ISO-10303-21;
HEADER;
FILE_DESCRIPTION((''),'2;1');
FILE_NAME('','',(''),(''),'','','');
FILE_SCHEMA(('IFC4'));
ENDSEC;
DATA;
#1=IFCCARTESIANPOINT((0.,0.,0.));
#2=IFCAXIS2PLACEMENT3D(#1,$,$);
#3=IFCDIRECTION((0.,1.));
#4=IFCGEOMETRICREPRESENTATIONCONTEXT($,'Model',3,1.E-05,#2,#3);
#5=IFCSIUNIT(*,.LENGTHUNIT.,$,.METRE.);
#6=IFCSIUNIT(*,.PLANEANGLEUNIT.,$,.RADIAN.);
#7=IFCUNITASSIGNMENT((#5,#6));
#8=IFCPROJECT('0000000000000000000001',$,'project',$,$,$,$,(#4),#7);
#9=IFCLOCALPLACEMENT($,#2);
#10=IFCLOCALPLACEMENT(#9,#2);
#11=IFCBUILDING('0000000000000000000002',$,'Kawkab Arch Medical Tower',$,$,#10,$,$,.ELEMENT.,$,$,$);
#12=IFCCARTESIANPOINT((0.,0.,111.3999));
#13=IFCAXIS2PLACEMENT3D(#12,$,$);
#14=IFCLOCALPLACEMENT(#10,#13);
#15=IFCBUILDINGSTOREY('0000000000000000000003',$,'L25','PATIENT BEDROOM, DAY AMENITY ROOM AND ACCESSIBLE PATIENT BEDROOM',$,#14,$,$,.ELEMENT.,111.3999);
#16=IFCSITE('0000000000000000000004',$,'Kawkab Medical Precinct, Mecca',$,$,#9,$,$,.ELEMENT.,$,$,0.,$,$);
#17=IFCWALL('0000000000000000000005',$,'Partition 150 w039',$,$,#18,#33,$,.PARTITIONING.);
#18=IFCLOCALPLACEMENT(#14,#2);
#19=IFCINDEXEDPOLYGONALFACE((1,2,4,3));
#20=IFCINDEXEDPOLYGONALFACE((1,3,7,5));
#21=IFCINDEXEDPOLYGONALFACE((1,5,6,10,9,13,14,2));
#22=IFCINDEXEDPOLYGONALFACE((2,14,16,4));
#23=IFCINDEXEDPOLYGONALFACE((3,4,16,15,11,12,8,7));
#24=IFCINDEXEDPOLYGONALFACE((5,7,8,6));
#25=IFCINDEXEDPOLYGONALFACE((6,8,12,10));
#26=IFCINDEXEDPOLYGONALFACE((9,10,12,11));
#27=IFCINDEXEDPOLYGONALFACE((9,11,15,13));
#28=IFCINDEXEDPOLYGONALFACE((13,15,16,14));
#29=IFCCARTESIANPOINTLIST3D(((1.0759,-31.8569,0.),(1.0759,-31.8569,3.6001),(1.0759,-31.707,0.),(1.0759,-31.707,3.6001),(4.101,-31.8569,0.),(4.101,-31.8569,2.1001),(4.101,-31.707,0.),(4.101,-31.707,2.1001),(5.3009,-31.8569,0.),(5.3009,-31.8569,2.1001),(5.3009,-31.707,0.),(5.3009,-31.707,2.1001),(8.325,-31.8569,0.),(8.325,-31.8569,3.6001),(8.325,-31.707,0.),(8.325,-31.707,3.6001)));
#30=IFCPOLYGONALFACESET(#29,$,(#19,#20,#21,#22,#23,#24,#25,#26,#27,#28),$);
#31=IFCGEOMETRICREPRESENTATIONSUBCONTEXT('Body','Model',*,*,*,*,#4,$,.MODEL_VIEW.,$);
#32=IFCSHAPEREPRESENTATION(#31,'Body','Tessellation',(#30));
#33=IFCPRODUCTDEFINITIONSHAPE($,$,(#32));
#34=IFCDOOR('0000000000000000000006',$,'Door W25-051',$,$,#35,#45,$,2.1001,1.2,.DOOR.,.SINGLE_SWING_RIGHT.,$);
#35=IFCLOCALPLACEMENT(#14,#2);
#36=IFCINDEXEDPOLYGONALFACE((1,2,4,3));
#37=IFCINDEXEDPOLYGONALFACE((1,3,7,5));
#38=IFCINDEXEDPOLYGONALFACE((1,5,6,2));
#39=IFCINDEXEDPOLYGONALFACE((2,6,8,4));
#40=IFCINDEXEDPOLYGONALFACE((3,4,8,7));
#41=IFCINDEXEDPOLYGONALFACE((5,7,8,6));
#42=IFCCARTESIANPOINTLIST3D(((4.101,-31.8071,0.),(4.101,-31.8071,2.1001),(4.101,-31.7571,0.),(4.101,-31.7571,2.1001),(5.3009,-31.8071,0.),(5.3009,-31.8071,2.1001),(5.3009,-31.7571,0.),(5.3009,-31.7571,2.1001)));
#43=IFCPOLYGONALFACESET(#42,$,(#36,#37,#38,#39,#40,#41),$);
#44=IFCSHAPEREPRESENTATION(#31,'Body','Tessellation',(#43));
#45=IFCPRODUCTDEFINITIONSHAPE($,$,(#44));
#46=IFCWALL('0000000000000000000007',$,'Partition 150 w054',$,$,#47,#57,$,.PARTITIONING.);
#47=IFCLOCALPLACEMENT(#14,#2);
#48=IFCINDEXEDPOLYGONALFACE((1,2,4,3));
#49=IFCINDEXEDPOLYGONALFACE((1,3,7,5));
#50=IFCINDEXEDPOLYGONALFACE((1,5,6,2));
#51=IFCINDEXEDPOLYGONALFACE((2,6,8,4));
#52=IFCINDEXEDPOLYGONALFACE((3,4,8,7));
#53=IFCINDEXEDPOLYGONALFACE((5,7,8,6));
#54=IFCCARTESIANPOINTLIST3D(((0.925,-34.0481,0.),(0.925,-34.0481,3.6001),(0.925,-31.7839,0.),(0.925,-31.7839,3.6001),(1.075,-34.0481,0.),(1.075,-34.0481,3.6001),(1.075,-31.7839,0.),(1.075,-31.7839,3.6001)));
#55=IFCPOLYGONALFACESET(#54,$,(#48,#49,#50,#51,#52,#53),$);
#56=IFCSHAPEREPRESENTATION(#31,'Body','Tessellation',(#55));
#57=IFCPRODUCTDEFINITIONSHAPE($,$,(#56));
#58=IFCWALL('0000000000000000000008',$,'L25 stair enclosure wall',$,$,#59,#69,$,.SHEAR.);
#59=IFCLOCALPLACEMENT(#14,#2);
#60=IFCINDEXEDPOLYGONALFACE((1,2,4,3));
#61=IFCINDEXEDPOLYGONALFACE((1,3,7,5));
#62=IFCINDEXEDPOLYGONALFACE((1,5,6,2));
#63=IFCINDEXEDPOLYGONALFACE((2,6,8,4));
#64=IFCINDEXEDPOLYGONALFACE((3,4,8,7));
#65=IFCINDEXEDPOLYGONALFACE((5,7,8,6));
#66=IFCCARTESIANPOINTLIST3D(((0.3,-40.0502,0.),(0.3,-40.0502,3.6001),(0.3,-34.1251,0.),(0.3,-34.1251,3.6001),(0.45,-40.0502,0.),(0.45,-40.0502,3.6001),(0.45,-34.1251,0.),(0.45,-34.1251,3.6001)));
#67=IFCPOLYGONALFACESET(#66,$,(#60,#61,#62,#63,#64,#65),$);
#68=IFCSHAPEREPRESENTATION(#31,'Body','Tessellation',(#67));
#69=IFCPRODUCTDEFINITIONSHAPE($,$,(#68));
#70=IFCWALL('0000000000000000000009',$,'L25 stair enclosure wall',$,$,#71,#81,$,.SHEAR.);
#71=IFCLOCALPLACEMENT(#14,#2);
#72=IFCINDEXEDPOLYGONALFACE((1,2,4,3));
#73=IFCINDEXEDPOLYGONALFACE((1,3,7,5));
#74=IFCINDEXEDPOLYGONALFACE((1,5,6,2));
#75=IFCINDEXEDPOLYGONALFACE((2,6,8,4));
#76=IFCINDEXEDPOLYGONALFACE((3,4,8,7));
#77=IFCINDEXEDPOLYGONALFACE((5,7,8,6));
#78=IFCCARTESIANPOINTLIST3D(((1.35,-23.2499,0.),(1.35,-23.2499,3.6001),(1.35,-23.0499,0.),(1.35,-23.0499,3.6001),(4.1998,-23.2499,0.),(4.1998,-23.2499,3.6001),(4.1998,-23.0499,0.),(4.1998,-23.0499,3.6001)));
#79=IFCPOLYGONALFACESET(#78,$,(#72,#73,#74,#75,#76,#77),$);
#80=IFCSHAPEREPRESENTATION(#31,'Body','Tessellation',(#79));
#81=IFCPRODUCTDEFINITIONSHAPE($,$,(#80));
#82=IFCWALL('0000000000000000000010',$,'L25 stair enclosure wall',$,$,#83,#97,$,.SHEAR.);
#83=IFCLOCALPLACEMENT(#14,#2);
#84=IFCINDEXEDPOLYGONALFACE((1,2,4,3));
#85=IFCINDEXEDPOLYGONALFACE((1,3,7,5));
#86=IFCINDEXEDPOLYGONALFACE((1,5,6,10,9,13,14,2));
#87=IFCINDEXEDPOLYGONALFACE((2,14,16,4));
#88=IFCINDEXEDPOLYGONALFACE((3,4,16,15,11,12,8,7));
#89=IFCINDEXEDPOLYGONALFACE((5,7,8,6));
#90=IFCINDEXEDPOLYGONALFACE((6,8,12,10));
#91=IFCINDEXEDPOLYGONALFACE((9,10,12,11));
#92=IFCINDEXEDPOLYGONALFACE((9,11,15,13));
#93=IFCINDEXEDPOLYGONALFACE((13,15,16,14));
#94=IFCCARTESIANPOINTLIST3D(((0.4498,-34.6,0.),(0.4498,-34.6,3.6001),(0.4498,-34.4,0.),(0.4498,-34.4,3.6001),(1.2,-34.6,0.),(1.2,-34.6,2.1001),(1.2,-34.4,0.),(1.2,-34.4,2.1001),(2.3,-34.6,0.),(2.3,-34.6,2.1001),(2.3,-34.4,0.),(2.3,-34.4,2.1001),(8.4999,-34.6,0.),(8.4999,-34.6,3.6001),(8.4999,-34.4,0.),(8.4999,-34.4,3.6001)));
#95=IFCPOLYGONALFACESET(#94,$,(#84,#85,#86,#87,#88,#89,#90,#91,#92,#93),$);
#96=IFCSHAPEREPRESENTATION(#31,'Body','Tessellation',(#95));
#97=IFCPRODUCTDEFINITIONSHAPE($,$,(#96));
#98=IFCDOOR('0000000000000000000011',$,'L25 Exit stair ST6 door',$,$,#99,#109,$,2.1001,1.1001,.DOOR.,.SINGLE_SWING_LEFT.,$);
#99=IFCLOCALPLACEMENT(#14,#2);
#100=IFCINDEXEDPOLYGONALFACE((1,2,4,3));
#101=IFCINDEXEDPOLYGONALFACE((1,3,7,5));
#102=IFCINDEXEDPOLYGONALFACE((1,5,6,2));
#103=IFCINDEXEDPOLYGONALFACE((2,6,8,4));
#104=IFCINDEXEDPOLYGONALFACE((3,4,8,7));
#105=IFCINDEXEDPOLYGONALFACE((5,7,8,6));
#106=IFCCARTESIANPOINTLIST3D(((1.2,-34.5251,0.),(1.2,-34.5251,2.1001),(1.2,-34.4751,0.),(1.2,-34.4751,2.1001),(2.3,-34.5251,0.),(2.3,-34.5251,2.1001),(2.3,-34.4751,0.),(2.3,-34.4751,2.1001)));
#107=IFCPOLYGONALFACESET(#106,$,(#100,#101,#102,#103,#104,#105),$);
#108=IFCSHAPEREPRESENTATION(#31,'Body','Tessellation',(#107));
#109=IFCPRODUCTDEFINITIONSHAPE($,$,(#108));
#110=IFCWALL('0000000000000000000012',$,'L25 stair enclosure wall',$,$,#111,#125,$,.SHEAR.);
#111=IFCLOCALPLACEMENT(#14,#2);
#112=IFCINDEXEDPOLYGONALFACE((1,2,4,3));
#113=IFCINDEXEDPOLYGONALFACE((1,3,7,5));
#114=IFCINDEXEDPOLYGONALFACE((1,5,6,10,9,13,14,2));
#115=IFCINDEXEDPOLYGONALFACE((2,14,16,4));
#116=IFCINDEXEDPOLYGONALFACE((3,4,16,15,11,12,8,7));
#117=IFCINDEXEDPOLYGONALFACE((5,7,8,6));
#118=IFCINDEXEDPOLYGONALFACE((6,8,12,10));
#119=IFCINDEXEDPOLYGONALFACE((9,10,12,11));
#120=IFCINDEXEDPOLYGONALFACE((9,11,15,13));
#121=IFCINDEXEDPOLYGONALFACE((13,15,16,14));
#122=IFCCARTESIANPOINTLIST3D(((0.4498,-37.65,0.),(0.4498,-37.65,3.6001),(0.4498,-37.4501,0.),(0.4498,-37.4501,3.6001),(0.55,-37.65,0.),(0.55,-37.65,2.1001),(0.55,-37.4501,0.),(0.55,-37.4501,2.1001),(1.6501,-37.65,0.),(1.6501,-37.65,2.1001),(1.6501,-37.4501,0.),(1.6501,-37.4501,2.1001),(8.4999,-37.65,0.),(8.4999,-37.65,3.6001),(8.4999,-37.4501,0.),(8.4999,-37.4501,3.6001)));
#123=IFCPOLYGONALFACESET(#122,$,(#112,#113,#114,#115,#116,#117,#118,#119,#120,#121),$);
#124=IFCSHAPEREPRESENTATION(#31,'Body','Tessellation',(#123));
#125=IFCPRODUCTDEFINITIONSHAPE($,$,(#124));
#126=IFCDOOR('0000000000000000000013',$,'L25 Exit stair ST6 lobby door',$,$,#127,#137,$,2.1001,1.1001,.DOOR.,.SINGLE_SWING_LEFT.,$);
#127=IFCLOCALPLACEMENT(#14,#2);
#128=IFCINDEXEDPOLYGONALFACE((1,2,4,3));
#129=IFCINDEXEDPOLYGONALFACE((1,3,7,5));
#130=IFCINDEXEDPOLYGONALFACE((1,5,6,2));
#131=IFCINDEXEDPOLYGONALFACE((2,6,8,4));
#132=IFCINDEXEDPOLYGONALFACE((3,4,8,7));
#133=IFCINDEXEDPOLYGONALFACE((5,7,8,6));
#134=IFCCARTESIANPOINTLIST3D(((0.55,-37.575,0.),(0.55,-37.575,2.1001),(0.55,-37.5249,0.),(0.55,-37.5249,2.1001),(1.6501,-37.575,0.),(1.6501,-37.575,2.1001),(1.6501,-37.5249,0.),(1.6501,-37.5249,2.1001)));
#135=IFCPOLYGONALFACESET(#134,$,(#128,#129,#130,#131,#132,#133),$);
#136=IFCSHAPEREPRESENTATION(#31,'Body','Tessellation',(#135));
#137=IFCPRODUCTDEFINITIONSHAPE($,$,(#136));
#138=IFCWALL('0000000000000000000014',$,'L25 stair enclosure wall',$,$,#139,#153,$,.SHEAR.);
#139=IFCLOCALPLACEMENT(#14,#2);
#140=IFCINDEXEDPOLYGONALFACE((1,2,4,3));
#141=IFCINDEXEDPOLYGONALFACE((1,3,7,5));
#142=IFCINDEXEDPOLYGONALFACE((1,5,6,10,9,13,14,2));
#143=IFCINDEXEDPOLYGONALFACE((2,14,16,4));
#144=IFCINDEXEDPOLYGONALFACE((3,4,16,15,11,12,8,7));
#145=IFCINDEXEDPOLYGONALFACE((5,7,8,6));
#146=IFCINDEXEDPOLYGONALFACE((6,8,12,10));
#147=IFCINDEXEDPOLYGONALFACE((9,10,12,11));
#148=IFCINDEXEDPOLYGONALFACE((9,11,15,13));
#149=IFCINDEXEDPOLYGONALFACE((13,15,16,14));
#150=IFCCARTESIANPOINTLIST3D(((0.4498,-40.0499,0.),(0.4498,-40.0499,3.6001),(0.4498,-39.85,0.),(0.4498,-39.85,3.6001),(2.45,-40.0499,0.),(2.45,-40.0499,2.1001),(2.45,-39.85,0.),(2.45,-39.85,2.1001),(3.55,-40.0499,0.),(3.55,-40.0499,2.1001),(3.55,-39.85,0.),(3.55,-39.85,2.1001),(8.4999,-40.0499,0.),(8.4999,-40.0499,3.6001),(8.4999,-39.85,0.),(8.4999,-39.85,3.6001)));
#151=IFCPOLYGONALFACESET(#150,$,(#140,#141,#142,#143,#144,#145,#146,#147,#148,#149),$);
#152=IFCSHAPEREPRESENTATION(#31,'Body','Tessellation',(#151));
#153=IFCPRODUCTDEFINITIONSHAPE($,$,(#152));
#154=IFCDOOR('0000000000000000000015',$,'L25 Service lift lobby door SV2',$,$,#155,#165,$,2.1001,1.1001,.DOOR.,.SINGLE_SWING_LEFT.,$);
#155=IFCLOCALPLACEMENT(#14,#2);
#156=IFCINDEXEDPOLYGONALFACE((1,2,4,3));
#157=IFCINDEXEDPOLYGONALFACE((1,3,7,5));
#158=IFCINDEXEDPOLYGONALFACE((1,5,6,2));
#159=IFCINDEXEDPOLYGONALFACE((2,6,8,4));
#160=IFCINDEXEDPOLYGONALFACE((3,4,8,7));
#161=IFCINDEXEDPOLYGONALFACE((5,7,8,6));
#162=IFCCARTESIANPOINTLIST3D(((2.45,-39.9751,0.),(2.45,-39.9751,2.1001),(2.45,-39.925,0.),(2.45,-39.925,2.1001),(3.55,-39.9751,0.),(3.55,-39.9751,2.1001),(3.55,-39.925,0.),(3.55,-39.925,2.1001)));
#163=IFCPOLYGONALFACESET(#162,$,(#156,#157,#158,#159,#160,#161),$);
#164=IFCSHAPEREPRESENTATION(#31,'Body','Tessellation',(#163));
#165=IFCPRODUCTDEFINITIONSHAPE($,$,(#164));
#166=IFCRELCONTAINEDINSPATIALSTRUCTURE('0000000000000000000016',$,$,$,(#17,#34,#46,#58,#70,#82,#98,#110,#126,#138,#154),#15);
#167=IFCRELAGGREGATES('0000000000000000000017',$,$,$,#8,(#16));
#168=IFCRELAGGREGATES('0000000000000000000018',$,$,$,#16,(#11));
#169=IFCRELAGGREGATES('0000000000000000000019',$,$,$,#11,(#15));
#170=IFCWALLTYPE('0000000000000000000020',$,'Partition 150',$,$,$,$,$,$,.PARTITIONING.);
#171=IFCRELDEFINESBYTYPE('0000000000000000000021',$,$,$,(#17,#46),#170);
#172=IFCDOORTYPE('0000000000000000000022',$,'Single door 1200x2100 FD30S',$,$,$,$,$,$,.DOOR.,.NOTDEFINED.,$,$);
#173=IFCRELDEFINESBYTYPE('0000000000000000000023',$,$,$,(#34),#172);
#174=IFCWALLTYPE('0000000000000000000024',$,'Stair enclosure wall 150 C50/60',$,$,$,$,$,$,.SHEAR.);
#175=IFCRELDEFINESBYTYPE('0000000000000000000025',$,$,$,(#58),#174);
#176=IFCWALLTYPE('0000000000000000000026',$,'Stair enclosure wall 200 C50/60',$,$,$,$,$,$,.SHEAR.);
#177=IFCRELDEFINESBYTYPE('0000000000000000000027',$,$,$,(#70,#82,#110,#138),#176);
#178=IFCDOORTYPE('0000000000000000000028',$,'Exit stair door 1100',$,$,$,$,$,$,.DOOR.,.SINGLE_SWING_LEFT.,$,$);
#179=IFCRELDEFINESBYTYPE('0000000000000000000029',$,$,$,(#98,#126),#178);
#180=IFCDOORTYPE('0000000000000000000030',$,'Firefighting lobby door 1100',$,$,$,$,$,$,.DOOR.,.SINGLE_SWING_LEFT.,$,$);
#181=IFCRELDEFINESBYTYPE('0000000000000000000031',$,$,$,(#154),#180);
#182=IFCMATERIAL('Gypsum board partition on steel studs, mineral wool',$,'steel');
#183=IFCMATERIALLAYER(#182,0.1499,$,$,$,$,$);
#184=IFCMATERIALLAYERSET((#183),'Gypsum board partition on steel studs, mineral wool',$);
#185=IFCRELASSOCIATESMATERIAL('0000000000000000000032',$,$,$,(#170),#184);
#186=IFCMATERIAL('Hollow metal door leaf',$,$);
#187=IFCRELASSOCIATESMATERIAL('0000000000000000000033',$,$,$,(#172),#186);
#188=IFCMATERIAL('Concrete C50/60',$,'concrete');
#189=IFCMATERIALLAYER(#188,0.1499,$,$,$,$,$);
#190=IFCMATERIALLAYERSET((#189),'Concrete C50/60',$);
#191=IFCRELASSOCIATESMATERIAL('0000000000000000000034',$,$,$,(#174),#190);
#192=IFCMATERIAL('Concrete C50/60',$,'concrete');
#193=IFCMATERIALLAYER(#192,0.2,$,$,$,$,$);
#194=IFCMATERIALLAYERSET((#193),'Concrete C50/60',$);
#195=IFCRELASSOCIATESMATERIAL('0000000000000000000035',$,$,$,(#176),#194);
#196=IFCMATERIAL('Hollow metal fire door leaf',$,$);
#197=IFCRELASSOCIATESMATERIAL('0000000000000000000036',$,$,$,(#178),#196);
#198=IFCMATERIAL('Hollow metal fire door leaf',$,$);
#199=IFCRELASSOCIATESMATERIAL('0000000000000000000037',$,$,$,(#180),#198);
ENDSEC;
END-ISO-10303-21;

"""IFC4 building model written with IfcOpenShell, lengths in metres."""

from ifc_helpers import new_model, si_unit, direction, frame, frame_2d, origin, place, context, subcontext, project, spatial, rectangle, extrude, material, layer, layer_set, type_object, element, fill, save


model = new_model("IFC4")

# Units and contexts
model_context = context("Model", 3, precision=1e-05, world=origin(), true_north=direction((0.0, 1.0)))
body_context = subcontext(model_context, "Body", "Model", "MODEL_VIEW")
ifc_project = project(units=[si_unit("LENGTHUNIT", "METRE"), si_unit("PLANEANGLEUNIT", "RADIAN")], contexts=[model_context])

# Site, building, storey
site_placement = place(None, origin())
site = spatial("IfcSite", under=ifc_project, at=site_placement, Name="Kawkab Medical Precinct, Mecca", CompositionType="ELEMENT", RefElevation=0.0)
building_placement = place(site_placement, origin())
building = spatial("IfcBuilding", under=site, at=building_placement, Name="Kawkab Arch Medical Tower", CompositionType="ELEMENT")
storey_placement = place(building_placement, frame((0.0, 0.0, 111.3999)))
storey = spatial("IfcBuildingStorey", under=building, at=storey_placement, Name="L25", Description="PATIENT BEDROOM, DAY AMENITY ROOM AND ACCESSIBLE PATIENT BEDROOM", CompositionType="ELEMENT", Elevation=111.3999)

# Shared definitions
ifc_material_1 = material(Name="Gypsum board partition on steel studs, mineral wool", Category="steel")
ifc_layer_1 = layer(ifc_material_1, 0.1499)
ifc_layer_set_1 = layer_set([ifc_layer_1], Name="Gypsum board partition on steel studs, mineral wool")
wall_type_1 = type_object("IfcWallType", Name="Partition 150", PredefinedType="PARTITIONING", material=ifc_layer_set_1)

# Wall, opening, door
wall_1_placement = place(storey_placement, frame((1.0759, -31.782, 0.0), z_axis=(0.0, 0.0, 1.0), x_axis=(1.0, 0.0, 0.0)))
wall_1 = element("IfcWall", 1, at=wall_1_placement, inside=storey, type_object=wall_type_1, Name="Partition 150 w039", PredefinedType="PARTITIONING", context=body_context, shape_type="SweptSolid", body=[
    extrude(rectangle(XDim=7.249, YDim=0.1499, at=frame_2d((3.6245, 0.0))), origin(), (0.0, 0.0, 1.0), 3.6001),
])
opening_1_placement = place(wall_1_placement, frame((3.0249, 0.0, 0.0)))
opening_1 = element("IfcOpeningElement", 2, at=opening_1_placement, cuts=wall_1, PredefinedType="OPENING", context=body_context, shape_type="SweptSolid", body=[
    extrude(rectangle(XDim=1.2, YDim=2.1001, at=frame_2d((0.6001, 1.05))), frame((0.0, 0.085, 0.0), z_axis=(0.0, -1.0, 0.0), x_axis=(1.0, 0.0, 0.0)), (0.0, 0.0, 1.0), 0.1699),
])
ifc_material_2 = material(Name="Hollow metal door leaf")
door_type_1 = type_object("IfcDoorType", Name="Single door 1200x2100 FD30S", OperationType="NOTDEFINED", PredefinedType="DOOR", material=ifc_material_2)
door_1_placement = place(opening_1_placement, origin())
door_1 = element("IfcDoor", 3, at=door_1_placement, inside=storey, type_object=door_type_1, Name="Door W25-051", OperationType="SINGLE_SWING_RIGHT", OverallHeight=2.1001, OverallWidth=1.2, PredefinedType="DOOR", context=body_context, shape_type="SweptSolid", body=[
    extrude(rectangle(XDim=1.2, YDim=2.1001, at=frame_2d((0.6001, 1.05))), frame((0.0, 0.0249, 0.0), z_axis=(0.0, -1.0, 0.0), x_axis=(1.0, 0.0, 0.0)), (0.0, 0.0, 1.0), 0.05),
])
fill(opening_1, door_1)

# Walls
wall_2_placement = place(storey_placement, frame((1.0, -34.0481, 0.0), z_axis=(0.0, 0.0, 1.0), x_axis=(0.0, 1.0, 0.0)))
element("IfcWall", 4, at=wall_2_placement, inside=storey, type_object=wall_type_1, Name="Partition 150 w054", PredefinedType="PARTITIONING", context=body_context, shape_type="SweptSolid", body=[
    extrude(rectangle(XDim=2.2642, YDim=0.1499, at=frame_2d((1.1321, 0.0))), origin(), (0.0, 0.0, 1.0), 3.6001),
])
ifc_material_3 = material(Name="Concrete C50/60", Category="concrete")
ifc_layer_2 = layer(ifc_material_3, 0.1499)
ifc_layer_set_2 = layer_set([ifc_layer_2], Name="Concrete C50/60")
wall_type_2 = type_object("IfcWallType", Name="Stair enclosure wall 150 C50/60", PredefinedType="SHEAR", material=ifc_layer_set_2)
wall_3_placement = place(storey_placement, frame((0.375, -40.05, 0.0), z_axis=(0.0, 0.0, 1.0), x_axis=(0.0, 1.0, 0.0)))
element("IfcWall", 5, at=wall_3_placement, inside=storey, type_object=wall_type_2, Name="L25 stair enclosure wall", PredefinedType="SHEAR", context=body_context, shape_type="SweptSolid", body=[
    extrude(rectangle(XDim=5.925, YDim=0.1499, at=frame_2d((2.9624, 0.0))), origin(), (0.0, 0.0, 1.0), 3.6001),
])
ifc_material_4 = material(Name="Concrete C50/60", Category="concrete")
ifc_layer_3 = layer(ifc_material_4, 0.2)
ifc_layer_set_3 = layer_set([ifc_layer_3], Name="Concrete C50/60")
wall_type_3 = type_object("IfcWallType", Name="Stair enclosure wall 200 C50/60", PredefinedType="SHEAR", material=ifc_layer_set_3)
wall_4_placement = place(storey_placement, frame((1.3501, -23.1499, 0.0), z_axis=(0.0, 0.0, 1.0), x_axis=(1.0, 0.0, 0.0)))
element("IfcWall", 6, at=wall_4_placement, inside=storey, type_object=wall_type_3, Name="L25 stair enclosure wall", PredefinedType="SHEAR", context=body_context, shape_type="SweptSolid", body=[
    extrude(rectangle(XDim=2.8499, YDim=0.2, at=frame_2d((1.4248, 0.0))), origin(), (0.0, 0.0, 1.0), 3.6001),
])

# Walls, openings, doors
wall_5_placement = place(storey_placement, frame((0.45, -34.5, 0.0), z_axis=(0.0, 0.0, 1.0), x_axis=(1.0, 0.0, 0.0)))
wall_5 = element("IfcWall", 7, at=wall_5_placement, inside=storey, type_object=wall_type_3, Name="L25 stair enclosure wall", PredefinedType="SHEAR", context=body_context, shape_type="SweptSolid", body=[
    extrude(rectangle(XDim=8.05, YDim=0.2, at=frame_2d((4.0249, 0.0))), origin(), (0.0, 0.0, 1.0), 3.6001),
])
opening_2_placement = place(wall_5_placement, frame((0.75, 0.0, 0.0)))
opening_2 = element("IfcOpeningElement", 8, at=opening_2_placement, cuts=wall_5, PredefinedType="OPENING", context=body_context, shape_type="SweptSolid", body=[
    extrude(rectangle(XDim=1.1001, YDim=2.1001, at=frame_2d((0.55, 1.05))), frame((0.0, 0.1099, 0.0), z_axis=(0.0, -1.0, 0.0), x_axis=(1.0, 0.0, 0.0)), (0.0, 0.0, 1.0), 0.22),
])
ifc_material_5 = material(Name="Hollow metal fire door leaf")
door_type_2 = type_object("IfcDoorType", Name="Exit stair door 1100", OperationType="SINGLE_SWING_LEFT", PredefinedType="DOOR", material=ifc_material_5)
door_2_placement = place(opening_2_placement, origin())
door_2 = element("IfcDoor", 9, at=door_2_placement, inside=storey, type_object=door_type_2, Name="L25 Exit stair ST6 door", OperationType="SINGLE_SWING_LEFT", OverallHeight=2.1001, OverallWidth=1.1001, PredefinedType="DOOR", context=body_context, shape_type="SweptSolid", body=[
    extrude(rectangle(XDim=1.1001, YDim=2.1001, at=frame_2d((0.55, 1.05))), frame((0.0, 0.0249, 0.0), z_axis=(0.0, -1.0, 0.0), x_axis=(1.0, 0.0, 0.0)), (0.0, 0.0, 1.0), 0.05),
])
fill(opening_2, door_2)
wall_6_placement = place(storey_placement, frame((0.45, -37.55, 0.0), z_axis=(0.0, 0.0, 1.0), x_axis=(1.0, 0.0, 0.0)))
wall_6 = element("IfcWall", 10, at=wall_6_placement, inside=storey, type_object=wall_type_3, Name="L25 stair enclosure wall", PredefinedType="SHEAR", context=body_context, shape_type="SweptSolid", body=[
    extrude(rectangle(XDim=8.05, YDim=0.2, at=frame_2d((4.0249, 0.0))), origin(), (0.0, 0.0, 1.0), 3.6001),
])
opening_3_placement = place(wall_6_placement, frame((0.1001, 0.0, 0.0)))
opening_3 = element("IfcOpeningElement", 11, at=opening_3_placement, cuts=wall_6, PredefinedType="OPENING", context=body_context, shape_type="SweptSolid", body=[
    extrude(rectangle(XDim=1.1001, YDim=2.1001, at=frame_2d((0.55, 1.05))), frame((0.0, 0.1099, 0.0), z_axis=(0.0, -1.0, 0.0), x_axis=(1.0, 0.0, 0.0)), (0.0, 0.0, 1.0), 0.22),
])
door_3_placement = place(opening_3_placement, frame((1.1001, 0.0, 0.0), z_axis=(0.0, 0.0, 1.0), x_axis=(-1.0, 0.0, 0.0)))
door_3 = element("IfcDoor", 12, at=door_3_placement, inside=storey, type_object=door_type_2, Name="L25 Exit stair ST6 lobby door", OperationType="SINGLE_SWING_LEFT", OverallHeight=2.1001, OverallWidth=1.1001, PredefinedType="DOOR", context=body_context, shape_type="SweptSolid", body=[
    extrude(rectangle(XDim=1.1001, YDim=2.1001, at=frame_2d((0.55, 1.05))), frame((0.0, 0.0249, 0.0), z_axis=(0.0, -1.0, 0.0), x_axis=(1.0, 0.0, 0.0)), (0.0, 0.0, 1.0), 0.05),
])
fill(opening_3, door_3)
wall_7_placement = place(storey_placement, frame((0.45, -39.95, 0.0), z_axis=(0.0, 0.0, 1.0), x_axis=(1.0, 0.0, 0.0)))
wall_7 = element("IfcWall", 13, at=wall_7_placement, inside=storey, type_object=wall_type_3, Name="L25 stair enclosure wall", PredefinedType="SHEAR", context=body_context, shape_type="SweptSolid", body=[
    extrude(rectangle(XDim=8.05, YDim=0.2, at=frame_2d((4.0249, 0.0))), origin(), (0.0, 0.0, 1.0), 3.6001),
])
opening_4_placement = place(wall_7_placement, frame((2.0, 0.0, 0.0)))
opening_4 = element("IfcOpeningElement", 14, at=opening_4_placement, cuts=wall_7, PredefinedType="OPENING", context=body_context, shape_type="SweptSolid", body=[
    extrude(rectangle(XDim=1.1001, YDim=2.1001, at=frame_2d((0.55, 1.05))), frame((0.0, 0.1099, 0.0), z_axis=(0.0, -1.0, 0.0), x_axis=(1.0, 0.0, 0.0)), (0.0, 0.0, 1.0), 0.22),
])
ifc_material_6 = material(Name="Hollow metal fire door leaf")
door_type_3 = type_object("IfcDoorType", Name="Firefighting lobby door 1100", OperationType="SINGLE_SWING_LEFT", PredefinedType="DOOR", material=ifc_material_6)
door_4_placement = place(opening_4_placement, origin())
door_4 = element("IfcDoor", 15, at=door_4_placement, inside=storey, type_object=door_type_3, Name="L25 Service lift lobby door SV2", OperationType="SINGLE_SWING_LEFT", OverallHeight=2.1001, OverallWidth=1.1001, PredefinedType="DOOR", context=body_context, shape_type="SweptSolid", body=[
    extrude(rectangle(XDim=1.1001, YDim=2.1001, at=frame_2d((0.55, 1.05))), frame((0.0, 0.0249, 0.0), z_axis=(0.0, -1.0, 0.0), x_axis=(1.0, 0.0, 0.0)), (0.0, 0.0, 1.0), 0.05),
])
fill(opening_4, door_4)

save(model, "model.ifc")
